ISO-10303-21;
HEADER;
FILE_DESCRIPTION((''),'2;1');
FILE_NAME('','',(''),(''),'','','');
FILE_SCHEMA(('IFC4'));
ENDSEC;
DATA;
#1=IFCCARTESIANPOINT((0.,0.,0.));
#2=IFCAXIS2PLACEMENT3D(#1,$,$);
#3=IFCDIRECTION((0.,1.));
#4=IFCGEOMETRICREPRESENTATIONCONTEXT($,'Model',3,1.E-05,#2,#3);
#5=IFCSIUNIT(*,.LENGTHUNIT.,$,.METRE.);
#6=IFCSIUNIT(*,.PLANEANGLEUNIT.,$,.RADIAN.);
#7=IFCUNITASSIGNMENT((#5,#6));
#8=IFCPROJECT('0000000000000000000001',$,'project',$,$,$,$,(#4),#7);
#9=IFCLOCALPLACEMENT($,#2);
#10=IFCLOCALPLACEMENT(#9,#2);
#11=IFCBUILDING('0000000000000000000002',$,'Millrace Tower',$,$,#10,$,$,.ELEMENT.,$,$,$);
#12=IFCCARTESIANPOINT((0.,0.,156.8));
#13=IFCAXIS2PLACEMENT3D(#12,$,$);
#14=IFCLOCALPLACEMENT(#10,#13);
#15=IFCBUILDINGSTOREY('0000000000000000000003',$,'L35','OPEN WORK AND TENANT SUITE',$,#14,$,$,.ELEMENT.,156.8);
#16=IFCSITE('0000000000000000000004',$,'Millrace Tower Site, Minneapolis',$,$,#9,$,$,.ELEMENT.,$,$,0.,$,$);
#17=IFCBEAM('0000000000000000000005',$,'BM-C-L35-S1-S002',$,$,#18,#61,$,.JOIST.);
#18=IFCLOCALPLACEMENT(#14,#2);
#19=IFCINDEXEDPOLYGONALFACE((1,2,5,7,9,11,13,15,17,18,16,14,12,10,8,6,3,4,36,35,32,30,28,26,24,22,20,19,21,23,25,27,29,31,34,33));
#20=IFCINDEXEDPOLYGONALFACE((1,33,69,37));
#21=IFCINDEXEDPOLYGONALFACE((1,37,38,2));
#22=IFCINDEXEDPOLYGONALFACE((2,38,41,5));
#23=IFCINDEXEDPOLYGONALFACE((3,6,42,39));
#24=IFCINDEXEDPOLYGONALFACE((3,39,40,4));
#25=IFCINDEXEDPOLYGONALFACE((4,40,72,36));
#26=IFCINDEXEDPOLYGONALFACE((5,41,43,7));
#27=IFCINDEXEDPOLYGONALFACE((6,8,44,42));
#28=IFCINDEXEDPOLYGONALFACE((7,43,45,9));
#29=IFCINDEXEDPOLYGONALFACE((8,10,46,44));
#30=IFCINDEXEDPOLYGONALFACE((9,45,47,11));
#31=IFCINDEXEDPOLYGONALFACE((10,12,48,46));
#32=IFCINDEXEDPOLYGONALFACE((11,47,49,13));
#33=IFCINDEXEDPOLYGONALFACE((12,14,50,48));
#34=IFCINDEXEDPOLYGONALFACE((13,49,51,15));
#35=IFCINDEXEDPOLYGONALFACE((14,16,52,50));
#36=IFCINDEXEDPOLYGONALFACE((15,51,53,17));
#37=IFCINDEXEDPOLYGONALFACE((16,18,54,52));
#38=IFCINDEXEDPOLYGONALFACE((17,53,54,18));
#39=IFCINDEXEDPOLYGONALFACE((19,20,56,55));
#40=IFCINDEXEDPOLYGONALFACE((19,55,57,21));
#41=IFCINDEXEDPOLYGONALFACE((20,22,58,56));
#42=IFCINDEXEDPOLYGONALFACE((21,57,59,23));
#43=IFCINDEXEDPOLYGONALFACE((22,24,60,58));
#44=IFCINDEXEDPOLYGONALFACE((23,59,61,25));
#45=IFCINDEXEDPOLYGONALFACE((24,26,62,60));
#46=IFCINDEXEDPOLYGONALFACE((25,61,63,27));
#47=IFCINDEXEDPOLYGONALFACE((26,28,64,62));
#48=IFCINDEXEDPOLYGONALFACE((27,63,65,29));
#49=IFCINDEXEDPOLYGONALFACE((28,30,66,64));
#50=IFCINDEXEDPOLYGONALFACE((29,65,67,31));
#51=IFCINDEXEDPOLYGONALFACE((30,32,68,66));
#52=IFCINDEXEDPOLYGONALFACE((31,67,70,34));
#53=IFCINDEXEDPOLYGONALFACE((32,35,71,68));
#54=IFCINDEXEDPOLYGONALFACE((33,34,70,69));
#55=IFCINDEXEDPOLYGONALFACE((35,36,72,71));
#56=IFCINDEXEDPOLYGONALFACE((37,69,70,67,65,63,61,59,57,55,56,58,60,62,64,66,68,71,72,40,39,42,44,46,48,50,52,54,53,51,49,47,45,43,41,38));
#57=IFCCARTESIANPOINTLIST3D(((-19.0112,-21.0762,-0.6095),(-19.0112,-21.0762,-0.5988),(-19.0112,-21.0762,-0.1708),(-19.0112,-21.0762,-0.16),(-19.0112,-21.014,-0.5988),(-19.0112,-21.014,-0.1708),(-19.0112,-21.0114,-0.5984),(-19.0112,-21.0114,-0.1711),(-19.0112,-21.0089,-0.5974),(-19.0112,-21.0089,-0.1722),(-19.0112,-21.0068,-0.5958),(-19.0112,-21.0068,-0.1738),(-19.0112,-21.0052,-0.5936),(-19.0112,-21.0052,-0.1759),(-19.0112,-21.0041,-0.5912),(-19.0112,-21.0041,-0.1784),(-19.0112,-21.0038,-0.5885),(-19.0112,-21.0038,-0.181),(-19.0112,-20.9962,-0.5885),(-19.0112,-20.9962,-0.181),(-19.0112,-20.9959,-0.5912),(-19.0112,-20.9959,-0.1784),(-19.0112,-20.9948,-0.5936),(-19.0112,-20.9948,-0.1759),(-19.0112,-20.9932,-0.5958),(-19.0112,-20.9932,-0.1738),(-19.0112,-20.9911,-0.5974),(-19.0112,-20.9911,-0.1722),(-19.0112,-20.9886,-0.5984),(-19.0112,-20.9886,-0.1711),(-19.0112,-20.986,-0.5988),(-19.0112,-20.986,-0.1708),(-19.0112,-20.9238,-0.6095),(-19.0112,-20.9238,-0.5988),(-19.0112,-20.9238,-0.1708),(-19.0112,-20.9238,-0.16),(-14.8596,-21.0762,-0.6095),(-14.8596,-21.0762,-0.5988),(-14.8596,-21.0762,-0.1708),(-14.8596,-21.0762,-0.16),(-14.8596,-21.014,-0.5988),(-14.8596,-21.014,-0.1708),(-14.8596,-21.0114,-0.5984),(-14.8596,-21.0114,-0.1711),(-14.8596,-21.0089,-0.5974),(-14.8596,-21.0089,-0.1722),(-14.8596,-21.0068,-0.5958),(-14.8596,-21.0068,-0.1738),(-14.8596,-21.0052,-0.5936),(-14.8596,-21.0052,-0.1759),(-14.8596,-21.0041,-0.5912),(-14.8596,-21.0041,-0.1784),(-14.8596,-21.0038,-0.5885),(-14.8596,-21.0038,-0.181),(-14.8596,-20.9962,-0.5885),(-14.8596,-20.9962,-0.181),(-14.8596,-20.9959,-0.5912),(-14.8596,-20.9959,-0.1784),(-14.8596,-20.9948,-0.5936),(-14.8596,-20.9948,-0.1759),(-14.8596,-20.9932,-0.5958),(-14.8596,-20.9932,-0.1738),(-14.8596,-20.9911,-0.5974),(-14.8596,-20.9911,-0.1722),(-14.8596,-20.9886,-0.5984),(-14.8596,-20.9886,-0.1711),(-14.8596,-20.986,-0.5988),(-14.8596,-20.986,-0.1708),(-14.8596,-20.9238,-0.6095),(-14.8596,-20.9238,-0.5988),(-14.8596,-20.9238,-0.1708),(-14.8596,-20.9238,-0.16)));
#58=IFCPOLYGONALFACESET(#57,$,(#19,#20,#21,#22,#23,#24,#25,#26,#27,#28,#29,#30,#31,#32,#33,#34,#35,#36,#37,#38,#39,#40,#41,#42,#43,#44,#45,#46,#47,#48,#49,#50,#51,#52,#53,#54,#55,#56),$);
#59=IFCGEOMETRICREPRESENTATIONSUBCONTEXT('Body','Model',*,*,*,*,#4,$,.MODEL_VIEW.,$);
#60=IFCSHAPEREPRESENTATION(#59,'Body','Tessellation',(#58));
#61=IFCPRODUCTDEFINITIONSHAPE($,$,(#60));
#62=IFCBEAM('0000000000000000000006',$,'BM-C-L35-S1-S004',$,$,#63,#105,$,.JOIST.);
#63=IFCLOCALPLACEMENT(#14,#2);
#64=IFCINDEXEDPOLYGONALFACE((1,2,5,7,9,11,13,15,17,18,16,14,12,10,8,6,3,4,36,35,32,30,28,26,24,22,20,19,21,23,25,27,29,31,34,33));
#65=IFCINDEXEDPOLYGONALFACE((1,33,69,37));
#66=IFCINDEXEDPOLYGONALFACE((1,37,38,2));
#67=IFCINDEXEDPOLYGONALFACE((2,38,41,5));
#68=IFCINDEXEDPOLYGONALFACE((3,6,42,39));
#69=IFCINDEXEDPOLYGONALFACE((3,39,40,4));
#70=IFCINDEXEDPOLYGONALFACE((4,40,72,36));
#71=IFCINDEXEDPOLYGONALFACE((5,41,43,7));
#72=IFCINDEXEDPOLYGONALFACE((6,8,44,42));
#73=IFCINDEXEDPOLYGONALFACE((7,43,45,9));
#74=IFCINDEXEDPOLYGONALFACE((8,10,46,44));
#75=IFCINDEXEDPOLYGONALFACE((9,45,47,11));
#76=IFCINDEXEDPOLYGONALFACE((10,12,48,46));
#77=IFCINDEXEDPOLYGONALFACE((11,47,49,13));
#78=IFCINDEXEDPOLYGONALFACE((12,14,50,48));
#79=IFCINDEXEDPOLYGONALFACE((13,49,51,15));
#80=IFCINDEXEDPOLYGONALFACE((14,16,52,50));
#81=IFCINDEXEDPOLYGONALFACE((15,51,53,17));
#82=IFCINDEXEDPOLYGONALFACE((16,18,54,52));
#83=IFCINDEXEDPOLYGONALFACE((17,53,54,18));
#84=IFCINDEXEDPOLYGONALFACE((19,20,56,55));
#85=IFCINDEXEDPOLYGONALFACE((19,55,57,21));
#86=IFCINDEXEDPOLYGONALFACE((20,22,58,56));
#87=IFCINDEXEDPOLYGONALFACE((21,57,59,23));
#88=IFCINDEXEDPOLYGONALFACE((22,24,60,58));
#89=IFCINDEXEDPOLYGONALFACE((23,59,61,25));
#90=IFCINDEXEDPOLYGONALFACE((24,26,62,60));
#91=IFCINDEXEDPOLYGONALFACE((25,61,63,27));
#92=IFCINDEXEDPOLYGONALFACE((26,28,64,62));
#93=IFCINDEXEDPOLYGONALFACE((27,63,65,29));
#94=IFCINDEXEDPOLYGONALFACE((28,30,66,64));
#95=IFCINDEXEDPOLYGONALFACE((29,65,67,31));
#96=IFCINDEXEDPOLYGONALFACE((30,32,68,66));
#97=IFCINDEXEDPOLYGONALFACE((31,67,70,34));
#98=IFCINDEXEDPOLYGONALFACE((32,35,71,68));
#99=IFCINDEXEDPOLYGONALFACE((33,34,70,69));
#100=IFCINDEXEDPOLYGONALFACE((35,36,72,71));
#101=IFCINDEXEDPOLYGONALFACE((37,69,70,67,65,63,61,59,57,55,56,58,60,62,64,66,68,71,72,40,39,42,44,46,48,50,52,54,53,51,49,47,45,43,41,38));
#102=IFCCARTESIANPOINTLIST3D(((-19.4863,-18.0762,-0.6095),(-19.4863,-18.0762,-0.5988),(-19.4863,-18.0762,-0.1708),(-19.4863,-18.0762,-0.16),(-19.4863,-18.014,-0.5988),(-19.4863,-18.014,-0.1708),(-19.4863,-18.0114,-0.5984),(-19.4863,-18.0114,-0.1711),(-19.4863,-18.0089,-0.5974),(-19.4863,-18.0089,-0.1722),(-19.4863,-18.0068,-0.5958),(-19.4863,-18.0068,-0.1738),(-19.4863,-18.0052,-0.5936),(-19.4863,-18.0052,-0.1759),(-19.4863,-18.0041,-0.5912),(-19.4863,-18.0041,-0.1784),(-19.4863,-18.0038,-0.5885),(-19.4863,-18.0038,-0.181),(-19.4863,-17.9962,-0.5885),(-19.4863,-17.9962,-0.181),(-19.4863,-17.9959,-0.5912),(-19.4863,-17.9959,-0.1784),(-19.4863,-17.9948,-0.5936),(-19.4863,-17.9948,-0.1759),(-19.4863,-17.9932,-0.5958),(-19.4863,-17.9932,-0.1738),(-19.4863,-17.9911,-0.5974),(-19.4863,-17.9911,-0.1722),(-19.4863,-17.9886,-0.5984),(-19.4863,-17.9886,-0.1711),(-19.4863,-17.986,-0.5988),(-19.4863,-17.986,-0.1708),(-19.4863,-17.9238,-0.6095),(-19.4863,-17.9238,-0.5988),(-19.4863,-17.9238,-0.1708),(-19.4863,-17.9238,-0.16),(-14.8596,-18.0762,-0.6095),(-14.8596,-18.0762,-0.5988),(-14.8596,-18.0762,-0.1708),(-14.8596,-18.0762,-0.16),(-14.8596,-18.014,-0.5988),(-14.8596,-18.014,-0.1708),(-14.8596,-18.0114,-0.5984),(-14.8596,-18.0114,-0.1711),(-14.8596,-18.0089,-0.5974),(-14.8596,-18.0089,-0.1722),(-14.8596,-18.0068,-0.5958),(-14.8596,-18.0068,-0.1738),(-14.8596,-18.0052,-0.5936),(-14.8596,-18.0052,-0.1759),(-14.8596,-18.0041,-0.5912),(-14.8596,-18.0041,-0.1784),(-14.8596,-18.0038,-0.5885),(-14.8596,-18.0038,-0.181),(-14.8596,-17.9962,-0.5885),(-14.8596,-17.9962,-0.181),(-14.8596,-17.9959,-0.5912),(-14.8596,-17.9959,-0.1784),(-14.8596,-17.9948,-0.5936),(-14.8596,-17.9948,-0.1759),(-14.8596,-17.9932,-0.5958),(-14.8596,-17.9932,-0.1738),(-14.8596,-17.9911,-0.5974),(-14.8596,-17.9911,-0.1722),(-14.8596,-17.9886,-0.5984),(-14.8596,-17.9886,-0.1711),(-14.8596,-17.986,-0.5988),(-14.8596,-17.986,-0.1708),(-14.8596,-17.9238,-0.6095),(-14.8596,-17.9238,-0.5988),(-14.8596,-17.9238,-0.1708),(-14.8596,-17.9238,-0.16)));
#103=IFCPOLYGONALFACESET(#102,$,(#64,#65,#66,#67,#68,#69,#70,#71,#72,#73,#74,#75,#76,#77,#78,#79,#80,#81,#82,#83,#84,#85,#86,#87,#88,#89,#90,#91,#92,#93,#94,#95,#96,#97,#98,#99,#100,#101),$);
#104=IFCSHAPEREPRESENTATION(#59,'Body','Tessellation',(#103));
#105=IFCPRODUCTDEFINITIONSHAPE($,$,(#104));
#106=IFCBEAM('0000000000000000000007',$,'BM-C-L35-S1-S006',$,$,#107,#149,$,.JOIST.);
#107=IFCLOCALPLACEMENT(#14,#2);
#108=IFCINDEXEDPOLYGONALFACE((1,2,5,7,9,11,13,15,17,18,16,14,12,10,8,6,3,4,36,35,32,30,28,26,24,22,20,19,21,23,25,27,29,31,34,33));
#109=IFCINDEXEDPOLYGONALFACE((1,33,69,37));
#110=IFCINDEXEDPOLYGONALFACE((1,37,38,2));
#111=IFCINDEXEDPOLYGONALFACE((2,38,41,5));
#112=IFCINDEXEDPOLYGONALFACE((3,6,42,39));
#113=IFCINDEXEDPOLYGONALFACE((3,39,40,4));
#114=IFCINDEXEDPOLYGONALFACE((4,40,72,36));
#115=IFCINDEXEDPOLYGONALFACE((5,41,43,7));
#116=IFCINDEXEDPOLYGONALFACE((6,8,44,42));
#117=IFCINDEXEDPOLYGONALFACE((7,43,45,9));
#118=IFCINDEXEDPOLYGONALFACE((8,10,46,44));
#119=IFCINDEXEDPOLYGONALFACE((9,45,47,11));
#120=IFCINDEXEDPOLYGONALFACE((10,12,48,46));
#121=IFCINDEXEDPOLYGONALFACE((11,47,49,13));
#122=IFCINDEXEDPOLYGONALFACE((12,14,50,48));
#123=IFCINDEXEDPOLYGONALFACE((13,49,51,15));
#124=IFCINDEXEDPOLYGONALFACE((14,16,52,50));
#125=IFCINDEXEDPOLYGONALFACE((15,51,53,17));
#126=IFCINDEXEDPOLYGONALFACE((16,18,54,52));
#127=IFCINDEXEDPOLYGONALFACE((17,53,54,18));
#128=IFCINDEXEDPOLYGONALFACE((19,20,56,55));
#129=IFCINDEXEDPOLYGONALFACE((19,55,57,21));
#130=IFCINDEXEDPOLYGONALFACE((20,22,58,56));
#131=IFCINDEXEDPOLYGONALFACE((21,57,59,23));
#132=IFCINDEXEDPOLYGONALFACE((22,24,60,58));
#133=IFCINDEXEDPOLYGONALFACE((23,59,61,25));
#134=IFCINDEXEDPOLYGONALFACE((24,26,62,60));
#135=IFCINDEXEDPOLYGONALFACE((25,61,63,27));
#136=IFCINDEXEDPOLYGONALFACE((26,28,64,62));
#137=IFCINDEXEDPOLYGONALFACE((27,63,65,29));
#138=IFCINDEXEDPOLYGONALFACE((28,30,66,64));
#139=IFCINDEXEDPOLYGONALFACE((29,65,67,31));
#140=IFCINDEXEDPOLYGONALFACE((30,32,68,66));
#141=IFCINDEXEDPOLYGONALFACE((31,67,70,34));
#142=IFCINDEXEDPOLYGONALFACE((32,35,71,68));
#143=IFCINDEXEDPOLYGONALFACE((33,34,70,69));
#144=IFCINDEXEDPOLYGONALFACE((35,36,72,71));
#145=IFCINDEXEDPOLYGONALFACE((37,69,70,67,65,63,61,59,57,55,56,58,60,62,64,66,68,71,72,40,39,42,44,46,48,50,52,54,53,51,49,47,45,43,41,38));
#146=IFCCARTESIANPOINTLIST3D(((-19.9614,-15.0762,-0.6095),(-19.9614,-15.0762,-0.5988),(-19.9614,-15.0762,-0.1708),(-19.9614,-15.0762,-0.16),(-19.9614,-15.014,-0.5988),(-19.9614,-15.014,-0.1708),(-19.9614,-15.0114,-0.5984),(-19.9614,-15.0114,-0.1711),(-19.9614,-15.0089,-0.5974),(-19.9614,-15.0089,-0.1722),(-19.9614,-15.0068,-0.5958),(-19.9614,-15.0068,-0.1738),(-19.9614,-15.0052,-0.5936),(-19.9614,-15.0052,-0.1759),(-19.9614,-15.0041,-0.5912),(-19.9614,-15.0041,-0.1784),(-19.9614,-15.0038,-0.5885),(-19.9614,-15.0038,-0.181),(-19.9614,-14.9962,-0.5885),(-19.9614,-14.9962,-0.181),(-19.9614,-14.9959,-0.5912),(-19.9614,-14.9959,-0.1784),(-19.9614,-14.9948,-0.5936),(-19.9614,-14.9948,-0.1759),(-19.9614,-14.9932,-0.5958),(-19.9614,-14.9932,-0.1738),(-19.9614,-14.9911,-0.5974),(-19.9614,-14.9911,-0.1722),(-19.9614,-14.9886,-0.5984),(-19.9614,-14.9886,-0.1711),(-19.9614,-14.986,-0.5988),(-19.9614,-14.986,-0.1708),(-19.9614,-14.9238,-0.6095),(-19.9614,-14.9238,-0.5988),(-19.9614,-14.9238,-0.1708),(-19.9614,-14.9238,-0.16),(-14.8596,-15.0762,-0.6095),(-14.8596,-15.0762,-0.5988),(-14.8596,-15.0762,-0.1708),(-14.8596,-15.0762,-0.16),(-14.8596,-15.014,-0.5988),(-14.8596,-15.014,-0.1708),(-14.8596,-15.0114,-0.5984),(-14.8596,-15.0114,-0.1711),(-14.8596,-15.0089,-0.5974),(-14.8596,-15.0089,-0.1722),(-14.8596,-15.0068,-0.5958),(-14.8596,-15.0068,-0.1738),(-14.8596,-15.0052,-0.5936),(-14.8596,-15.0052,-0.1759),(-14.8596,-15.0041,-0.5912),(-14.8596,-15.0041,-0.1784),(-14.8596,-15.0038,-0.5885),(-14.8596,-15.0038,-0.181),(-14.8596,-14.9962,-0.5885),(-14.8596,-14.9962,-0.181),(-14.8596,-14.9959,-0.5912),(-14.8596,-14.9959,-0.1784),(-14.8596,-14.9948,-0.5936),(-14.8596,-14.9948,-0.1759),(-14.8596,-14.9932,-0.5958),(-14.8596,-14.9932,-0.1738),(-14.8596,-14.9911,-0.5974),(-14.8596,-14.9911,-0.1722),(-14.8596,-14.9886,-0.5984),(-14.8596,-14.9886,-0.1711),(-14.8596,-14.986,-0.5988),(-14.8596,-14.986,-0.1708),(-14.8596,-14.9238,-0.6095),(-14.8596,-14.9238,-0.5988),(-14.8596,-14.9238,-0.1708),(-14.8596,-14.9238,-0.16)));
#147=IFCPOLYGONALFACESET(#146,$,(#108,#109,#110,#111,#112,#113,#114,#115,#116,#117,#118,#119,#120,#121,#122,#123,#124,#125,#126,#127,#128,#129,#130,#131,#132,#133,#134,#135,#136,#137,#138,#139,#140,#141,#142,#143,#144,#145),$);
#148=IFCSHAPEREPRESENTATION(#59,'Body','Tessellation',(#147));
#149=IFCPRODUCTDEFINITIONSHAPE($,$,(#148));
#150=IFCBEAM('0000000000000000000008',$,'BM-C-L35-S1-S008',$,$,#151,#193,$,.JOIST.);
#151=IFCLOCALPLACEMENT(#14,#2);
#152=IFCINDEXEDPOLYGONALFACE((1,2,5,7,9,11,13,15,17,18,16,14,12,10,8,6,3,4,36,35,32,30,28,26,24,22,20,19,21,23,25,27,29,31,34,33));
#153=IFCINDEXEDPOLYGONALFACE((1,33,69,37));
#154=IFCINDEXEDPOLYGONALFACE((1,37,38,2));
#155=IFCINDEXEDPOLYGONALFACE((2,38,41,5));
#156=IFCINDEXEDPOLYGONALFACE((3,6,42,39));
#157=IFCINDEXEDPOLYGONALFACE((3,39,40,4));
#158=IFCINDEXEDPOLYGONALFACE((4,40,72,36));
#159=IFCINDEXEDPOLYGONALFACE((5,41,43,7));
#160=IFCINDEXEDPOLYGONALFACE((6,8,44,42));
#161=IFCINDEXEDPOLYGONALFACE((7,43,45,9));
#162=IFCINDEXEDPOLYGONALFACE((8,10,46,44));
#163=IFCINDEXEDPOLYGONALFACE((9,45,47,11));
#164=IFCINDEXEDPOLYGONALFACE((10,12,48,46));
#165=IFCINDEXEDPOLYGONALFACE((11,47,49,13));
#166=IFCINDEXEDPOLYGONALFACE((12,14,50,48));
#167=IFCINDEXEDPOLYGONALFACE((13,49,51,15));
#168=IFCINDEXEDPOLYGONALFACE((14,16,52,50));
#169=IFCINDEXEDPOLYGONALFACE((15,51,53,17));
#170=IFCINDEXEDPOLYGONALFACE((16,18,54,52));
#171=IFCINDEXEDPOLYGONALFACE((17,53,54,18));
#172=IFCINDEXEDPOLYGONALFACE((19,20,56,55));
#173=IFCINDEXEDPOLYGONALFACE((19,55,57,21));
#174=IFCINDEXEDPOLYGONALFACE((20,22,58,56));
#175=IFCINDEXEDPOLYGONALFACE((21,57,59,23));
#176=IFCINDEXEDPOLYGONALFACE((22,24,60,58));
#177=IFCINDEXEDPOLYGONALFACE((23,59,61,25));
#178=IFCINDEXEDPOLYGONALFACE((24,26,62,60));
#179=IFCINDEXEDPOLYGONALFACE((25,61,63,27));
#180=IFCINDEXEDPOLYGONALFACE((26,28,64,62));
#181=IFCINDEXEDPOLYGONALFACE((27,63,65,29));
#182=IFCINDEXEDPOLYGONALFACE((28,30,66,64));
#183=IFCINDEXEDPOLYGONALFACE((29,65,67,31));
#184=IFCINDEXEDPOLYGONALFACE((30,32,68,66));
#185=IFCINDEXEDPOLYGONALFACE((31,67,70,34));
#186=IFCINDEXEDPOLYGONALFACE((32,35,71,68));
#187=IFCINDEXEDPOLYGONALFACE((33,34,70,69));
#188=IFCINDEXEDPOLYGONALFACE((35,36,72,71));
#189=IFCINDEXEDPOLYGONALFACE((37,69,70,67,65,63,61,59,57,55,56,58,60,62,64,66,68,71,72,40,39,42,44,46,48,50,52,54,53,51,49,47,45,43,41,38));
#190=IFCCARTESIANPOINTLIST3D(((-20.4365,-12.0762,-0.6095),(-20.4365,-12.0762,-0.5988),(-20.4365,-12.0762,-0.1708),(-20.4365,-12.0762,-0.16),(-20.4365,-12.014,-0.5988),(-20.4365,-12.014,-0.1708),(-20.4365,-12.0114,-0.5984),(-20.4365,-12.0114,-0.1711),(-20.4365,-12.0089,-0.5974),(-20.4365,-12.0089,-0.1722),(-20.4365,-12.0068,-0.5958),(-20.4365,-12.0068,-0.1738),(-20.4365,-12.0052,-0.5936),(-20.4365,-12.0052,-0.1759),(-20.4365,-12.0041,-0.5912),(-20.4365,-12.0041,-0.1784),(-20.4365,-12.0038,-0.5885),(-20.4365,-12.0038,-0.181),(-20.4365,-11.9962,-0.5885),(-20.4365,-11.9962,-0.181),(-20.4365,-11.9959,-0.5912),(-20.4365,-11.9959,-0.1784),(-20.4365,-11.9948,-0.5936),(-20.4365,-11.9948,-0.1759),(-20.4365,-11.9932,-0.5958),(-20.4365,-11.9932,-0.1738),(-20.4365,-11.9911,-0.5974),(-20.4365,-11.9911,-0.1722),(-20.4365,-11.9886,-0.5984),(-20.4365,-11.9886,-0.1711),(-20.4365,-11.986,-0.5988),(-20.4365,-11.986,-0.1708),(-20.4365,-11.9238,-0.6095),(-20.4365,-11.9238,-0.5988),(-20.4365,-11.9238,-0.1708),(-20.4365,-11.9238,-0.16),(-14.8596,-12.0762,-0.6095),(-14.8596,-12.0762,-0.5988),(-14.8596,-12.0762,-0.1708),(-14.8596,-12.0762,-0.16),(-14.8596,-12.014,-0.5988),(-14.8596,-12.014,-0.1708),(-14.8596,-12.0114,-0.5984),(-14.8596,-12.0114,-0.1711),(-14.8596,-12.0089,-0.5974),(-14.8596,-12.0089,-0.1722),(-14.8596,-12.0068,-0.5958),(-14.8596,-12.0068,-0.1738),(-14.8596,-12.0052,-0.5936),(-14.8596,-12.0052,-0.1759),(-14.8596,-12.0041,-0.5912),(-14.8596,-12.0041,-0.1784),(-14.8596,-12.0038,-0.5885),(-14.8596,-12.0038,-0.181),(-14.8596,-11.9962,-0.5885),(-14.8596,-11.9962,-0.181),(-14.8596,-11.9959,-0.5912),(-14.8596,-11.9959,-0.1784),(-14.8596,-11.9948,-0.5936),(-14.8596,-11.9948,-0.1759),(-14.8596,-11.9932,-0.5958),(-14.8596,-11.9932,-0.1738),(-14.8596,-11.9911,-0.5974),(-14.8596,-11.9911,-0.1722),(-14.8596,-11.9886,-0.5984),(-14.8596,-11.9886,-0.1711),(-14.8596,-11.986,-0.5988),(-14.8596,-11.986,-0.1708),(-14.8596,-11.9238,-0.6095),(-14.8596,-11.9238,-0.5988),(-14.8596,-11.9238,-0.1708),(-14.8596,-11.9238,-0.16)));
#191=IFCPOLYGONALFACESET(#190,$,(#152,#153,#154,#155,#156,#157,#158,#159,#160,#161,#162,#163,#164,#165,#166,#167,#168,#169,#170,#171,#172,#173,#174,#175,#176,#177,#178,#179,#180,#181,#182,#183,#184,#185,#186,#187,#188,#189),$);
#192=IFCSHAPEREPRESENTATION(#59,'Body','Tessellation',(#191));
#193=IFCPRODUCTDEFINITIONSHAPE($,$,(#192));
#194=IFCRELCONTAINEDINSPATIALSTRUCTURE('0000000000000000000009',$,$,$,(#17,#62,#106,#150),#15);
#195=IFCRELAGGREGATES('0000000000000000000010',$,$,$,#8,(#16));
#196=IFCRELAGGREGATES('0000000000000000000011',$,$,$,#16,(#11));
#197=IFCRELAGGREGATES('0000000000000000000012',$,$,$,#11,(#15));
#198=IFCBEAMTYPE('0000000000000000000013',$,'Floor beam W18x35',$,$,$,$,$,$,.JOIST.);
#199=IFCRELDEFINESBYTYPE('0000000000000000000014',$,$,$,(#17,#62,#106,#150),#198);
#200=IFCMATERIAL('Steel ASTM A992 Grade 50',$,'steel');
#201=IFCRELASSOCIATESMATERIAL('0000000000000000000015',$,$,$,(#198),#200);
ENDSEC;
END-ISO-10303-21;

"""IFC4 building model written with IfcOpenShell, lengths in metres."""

from ifc_helpers import new_model, si_unit, direction, frame, origin, origin_2d, place, context, subcontext, project, spatial, i_section, extrude, material, material_profile, profile_set, type_object, element, save


model = new_model("IFC4")

# Units and contexts
model_context = context("Model", 3, precision=1e-05, world=origin(), true_north=direction((0.0, 1.0)))
body_context = subcontext(model_context, "Body", "Model", "MODEL_VIEW")
ifc_project = project(units=[si_unit("LENGTHUNIT", "METRE"), si_unit("PLANEANGLEUNIT", "RADIAN")], contexts=[model_context])

# Site, building, storey
site_placement = place(None, origin())
site = spatial("IfcSite", under=ifc_project, at=site_placement, Name="Millrace Tower Site, Minneapolis", CompositionType="ELEMENT", RefElevation=0.0)
building_placement = place(site_placement, origin())
building = spatial("IfcBuilding", under=site, at=building_placement, Name="Millrace Tower", CompositionType="ELEMENT")
storey_placement = place(building_placement, frame((0.0, 0.0, 156.8)))
storey = spatial("IfcBuildingStorey", under=building, at=storey_placement, Name="L35", Description="OPEN WORK AND TENANT SUITE", CompositionType="ELEMENT", Elevation=156.8)

# Beams
ifc_material_1 = material(Name="Steel ASTM A992 Grade 50", Category="steel")
ifc_material_profile_1 = material_profile(ifc_material_1, i_section(OverallWidth=0.1523, OverallDepth=0.4495, WebThickness=0.0076, FlangeThickness=0.0107, FilletRadius=0.0103, at=origin_2d()))
ifc_profile_set_1 = profile_set([ifc_material_profile_1], Name="Steel ASTM A992 Grade 50")
beam_type_1 = type_object("IfcBeamType", Name="Floor beam W18x35", PredefinedType="JOIST", material=ifc_profile_set_1)
beam_1_placement = place(storey_placement, frame((-19.0112, -21.0, -0.3848), z_axis=(1.0, 0.0, 0.0), x_axis=(0.0, 1.0, 0.0)))
element("IfcBeam", 1, at=beam_1_placement, inside=storey, type_object=beam_type_1, Name="BM-C-L35-S1-S002", PredefinedType="JOIST", context=body_context, shape_type="SweptSolid", body=[
    extrude(i_section(OverallWidth=0.1523, OverallDepth=0.4495, WebThickness=0.0076, FlangeThickness=0.0107, FilletRadius=0.0103, at=origin_2d()), origin(), (0.0, 0.0, 1.0), 4.1516),
])
beam_2_placement = place(storey_placement, frame((-19.4863, -18.0, -0.3848), z_axis=(1.0, 0.0, 0.0), x_axis=(0.0, 1.0, 0.0)))
element("IfcBeam", 2, at=beam_2_placement, inside=storey, type_object=beam_type_1, Name="BM-C-L35-S1-S004", PredefinedType="JOIST", context=body_context, shape_type="SweptSolid", body=[
    extrude(i_section(OverallWidth=0.1523, OverallDepth=0.4495, WebThickness=0.0076, FlangeThickness=0.0107, FilletRadius=0.0103, at=origin_2d()), origin(), (0.0, 0.0, 1.0), 4.6267),
])
beam_3_placement = place(storey_placement, frame((-19.9614, -15.0, -0.3848), z_axis=(1.0, 0.0, 0.0), x_axis=(0.0, 1.0, 0.0)))
element("IfcBeam", 3, at=beam_3_placement, inside=storey, type_object=beam_type_1, Name="BM-C-L35-S1-S006", PredefinedType="JOIST", context=body_context, shape_type="SweptSolid", body=[
    extrude(i_section(OverallWidth=0.1523, OverallDepth=0.4495, WebThickness=0.0076, FlangeThickness=0.0107, FilletRadius=0.0103, at=origin_2d()), origin(), (0.0, 0.0, 1.0), 5.1018),
])
beam_4_placement = place(storey_placement, frame((-20.4365, -12.0, -0.3848), z_axis=(1.0, 0.0, 0.0), x_axis=(0.0, 1.0, 0.0)))
element("IfcBeam", 4, at=beam_4_placement, inside=storey, type_object=beam_type_1, Name="BM-C-L35-S1-S008", PredefinedType="JOIST", context=body_context, shape_type="SweptSolid", body=[
    extrude(i_section(OverallWidth=0.1523, OverallDepth=0.4495, WebThickness=0.0076, FlangeThickness=0.0107, FilletRadius=0.0103, at=origin_2d()), origin(), (0.0, 0.0, 1.0), 5.5769),
])

save(model, "model.ifc")
